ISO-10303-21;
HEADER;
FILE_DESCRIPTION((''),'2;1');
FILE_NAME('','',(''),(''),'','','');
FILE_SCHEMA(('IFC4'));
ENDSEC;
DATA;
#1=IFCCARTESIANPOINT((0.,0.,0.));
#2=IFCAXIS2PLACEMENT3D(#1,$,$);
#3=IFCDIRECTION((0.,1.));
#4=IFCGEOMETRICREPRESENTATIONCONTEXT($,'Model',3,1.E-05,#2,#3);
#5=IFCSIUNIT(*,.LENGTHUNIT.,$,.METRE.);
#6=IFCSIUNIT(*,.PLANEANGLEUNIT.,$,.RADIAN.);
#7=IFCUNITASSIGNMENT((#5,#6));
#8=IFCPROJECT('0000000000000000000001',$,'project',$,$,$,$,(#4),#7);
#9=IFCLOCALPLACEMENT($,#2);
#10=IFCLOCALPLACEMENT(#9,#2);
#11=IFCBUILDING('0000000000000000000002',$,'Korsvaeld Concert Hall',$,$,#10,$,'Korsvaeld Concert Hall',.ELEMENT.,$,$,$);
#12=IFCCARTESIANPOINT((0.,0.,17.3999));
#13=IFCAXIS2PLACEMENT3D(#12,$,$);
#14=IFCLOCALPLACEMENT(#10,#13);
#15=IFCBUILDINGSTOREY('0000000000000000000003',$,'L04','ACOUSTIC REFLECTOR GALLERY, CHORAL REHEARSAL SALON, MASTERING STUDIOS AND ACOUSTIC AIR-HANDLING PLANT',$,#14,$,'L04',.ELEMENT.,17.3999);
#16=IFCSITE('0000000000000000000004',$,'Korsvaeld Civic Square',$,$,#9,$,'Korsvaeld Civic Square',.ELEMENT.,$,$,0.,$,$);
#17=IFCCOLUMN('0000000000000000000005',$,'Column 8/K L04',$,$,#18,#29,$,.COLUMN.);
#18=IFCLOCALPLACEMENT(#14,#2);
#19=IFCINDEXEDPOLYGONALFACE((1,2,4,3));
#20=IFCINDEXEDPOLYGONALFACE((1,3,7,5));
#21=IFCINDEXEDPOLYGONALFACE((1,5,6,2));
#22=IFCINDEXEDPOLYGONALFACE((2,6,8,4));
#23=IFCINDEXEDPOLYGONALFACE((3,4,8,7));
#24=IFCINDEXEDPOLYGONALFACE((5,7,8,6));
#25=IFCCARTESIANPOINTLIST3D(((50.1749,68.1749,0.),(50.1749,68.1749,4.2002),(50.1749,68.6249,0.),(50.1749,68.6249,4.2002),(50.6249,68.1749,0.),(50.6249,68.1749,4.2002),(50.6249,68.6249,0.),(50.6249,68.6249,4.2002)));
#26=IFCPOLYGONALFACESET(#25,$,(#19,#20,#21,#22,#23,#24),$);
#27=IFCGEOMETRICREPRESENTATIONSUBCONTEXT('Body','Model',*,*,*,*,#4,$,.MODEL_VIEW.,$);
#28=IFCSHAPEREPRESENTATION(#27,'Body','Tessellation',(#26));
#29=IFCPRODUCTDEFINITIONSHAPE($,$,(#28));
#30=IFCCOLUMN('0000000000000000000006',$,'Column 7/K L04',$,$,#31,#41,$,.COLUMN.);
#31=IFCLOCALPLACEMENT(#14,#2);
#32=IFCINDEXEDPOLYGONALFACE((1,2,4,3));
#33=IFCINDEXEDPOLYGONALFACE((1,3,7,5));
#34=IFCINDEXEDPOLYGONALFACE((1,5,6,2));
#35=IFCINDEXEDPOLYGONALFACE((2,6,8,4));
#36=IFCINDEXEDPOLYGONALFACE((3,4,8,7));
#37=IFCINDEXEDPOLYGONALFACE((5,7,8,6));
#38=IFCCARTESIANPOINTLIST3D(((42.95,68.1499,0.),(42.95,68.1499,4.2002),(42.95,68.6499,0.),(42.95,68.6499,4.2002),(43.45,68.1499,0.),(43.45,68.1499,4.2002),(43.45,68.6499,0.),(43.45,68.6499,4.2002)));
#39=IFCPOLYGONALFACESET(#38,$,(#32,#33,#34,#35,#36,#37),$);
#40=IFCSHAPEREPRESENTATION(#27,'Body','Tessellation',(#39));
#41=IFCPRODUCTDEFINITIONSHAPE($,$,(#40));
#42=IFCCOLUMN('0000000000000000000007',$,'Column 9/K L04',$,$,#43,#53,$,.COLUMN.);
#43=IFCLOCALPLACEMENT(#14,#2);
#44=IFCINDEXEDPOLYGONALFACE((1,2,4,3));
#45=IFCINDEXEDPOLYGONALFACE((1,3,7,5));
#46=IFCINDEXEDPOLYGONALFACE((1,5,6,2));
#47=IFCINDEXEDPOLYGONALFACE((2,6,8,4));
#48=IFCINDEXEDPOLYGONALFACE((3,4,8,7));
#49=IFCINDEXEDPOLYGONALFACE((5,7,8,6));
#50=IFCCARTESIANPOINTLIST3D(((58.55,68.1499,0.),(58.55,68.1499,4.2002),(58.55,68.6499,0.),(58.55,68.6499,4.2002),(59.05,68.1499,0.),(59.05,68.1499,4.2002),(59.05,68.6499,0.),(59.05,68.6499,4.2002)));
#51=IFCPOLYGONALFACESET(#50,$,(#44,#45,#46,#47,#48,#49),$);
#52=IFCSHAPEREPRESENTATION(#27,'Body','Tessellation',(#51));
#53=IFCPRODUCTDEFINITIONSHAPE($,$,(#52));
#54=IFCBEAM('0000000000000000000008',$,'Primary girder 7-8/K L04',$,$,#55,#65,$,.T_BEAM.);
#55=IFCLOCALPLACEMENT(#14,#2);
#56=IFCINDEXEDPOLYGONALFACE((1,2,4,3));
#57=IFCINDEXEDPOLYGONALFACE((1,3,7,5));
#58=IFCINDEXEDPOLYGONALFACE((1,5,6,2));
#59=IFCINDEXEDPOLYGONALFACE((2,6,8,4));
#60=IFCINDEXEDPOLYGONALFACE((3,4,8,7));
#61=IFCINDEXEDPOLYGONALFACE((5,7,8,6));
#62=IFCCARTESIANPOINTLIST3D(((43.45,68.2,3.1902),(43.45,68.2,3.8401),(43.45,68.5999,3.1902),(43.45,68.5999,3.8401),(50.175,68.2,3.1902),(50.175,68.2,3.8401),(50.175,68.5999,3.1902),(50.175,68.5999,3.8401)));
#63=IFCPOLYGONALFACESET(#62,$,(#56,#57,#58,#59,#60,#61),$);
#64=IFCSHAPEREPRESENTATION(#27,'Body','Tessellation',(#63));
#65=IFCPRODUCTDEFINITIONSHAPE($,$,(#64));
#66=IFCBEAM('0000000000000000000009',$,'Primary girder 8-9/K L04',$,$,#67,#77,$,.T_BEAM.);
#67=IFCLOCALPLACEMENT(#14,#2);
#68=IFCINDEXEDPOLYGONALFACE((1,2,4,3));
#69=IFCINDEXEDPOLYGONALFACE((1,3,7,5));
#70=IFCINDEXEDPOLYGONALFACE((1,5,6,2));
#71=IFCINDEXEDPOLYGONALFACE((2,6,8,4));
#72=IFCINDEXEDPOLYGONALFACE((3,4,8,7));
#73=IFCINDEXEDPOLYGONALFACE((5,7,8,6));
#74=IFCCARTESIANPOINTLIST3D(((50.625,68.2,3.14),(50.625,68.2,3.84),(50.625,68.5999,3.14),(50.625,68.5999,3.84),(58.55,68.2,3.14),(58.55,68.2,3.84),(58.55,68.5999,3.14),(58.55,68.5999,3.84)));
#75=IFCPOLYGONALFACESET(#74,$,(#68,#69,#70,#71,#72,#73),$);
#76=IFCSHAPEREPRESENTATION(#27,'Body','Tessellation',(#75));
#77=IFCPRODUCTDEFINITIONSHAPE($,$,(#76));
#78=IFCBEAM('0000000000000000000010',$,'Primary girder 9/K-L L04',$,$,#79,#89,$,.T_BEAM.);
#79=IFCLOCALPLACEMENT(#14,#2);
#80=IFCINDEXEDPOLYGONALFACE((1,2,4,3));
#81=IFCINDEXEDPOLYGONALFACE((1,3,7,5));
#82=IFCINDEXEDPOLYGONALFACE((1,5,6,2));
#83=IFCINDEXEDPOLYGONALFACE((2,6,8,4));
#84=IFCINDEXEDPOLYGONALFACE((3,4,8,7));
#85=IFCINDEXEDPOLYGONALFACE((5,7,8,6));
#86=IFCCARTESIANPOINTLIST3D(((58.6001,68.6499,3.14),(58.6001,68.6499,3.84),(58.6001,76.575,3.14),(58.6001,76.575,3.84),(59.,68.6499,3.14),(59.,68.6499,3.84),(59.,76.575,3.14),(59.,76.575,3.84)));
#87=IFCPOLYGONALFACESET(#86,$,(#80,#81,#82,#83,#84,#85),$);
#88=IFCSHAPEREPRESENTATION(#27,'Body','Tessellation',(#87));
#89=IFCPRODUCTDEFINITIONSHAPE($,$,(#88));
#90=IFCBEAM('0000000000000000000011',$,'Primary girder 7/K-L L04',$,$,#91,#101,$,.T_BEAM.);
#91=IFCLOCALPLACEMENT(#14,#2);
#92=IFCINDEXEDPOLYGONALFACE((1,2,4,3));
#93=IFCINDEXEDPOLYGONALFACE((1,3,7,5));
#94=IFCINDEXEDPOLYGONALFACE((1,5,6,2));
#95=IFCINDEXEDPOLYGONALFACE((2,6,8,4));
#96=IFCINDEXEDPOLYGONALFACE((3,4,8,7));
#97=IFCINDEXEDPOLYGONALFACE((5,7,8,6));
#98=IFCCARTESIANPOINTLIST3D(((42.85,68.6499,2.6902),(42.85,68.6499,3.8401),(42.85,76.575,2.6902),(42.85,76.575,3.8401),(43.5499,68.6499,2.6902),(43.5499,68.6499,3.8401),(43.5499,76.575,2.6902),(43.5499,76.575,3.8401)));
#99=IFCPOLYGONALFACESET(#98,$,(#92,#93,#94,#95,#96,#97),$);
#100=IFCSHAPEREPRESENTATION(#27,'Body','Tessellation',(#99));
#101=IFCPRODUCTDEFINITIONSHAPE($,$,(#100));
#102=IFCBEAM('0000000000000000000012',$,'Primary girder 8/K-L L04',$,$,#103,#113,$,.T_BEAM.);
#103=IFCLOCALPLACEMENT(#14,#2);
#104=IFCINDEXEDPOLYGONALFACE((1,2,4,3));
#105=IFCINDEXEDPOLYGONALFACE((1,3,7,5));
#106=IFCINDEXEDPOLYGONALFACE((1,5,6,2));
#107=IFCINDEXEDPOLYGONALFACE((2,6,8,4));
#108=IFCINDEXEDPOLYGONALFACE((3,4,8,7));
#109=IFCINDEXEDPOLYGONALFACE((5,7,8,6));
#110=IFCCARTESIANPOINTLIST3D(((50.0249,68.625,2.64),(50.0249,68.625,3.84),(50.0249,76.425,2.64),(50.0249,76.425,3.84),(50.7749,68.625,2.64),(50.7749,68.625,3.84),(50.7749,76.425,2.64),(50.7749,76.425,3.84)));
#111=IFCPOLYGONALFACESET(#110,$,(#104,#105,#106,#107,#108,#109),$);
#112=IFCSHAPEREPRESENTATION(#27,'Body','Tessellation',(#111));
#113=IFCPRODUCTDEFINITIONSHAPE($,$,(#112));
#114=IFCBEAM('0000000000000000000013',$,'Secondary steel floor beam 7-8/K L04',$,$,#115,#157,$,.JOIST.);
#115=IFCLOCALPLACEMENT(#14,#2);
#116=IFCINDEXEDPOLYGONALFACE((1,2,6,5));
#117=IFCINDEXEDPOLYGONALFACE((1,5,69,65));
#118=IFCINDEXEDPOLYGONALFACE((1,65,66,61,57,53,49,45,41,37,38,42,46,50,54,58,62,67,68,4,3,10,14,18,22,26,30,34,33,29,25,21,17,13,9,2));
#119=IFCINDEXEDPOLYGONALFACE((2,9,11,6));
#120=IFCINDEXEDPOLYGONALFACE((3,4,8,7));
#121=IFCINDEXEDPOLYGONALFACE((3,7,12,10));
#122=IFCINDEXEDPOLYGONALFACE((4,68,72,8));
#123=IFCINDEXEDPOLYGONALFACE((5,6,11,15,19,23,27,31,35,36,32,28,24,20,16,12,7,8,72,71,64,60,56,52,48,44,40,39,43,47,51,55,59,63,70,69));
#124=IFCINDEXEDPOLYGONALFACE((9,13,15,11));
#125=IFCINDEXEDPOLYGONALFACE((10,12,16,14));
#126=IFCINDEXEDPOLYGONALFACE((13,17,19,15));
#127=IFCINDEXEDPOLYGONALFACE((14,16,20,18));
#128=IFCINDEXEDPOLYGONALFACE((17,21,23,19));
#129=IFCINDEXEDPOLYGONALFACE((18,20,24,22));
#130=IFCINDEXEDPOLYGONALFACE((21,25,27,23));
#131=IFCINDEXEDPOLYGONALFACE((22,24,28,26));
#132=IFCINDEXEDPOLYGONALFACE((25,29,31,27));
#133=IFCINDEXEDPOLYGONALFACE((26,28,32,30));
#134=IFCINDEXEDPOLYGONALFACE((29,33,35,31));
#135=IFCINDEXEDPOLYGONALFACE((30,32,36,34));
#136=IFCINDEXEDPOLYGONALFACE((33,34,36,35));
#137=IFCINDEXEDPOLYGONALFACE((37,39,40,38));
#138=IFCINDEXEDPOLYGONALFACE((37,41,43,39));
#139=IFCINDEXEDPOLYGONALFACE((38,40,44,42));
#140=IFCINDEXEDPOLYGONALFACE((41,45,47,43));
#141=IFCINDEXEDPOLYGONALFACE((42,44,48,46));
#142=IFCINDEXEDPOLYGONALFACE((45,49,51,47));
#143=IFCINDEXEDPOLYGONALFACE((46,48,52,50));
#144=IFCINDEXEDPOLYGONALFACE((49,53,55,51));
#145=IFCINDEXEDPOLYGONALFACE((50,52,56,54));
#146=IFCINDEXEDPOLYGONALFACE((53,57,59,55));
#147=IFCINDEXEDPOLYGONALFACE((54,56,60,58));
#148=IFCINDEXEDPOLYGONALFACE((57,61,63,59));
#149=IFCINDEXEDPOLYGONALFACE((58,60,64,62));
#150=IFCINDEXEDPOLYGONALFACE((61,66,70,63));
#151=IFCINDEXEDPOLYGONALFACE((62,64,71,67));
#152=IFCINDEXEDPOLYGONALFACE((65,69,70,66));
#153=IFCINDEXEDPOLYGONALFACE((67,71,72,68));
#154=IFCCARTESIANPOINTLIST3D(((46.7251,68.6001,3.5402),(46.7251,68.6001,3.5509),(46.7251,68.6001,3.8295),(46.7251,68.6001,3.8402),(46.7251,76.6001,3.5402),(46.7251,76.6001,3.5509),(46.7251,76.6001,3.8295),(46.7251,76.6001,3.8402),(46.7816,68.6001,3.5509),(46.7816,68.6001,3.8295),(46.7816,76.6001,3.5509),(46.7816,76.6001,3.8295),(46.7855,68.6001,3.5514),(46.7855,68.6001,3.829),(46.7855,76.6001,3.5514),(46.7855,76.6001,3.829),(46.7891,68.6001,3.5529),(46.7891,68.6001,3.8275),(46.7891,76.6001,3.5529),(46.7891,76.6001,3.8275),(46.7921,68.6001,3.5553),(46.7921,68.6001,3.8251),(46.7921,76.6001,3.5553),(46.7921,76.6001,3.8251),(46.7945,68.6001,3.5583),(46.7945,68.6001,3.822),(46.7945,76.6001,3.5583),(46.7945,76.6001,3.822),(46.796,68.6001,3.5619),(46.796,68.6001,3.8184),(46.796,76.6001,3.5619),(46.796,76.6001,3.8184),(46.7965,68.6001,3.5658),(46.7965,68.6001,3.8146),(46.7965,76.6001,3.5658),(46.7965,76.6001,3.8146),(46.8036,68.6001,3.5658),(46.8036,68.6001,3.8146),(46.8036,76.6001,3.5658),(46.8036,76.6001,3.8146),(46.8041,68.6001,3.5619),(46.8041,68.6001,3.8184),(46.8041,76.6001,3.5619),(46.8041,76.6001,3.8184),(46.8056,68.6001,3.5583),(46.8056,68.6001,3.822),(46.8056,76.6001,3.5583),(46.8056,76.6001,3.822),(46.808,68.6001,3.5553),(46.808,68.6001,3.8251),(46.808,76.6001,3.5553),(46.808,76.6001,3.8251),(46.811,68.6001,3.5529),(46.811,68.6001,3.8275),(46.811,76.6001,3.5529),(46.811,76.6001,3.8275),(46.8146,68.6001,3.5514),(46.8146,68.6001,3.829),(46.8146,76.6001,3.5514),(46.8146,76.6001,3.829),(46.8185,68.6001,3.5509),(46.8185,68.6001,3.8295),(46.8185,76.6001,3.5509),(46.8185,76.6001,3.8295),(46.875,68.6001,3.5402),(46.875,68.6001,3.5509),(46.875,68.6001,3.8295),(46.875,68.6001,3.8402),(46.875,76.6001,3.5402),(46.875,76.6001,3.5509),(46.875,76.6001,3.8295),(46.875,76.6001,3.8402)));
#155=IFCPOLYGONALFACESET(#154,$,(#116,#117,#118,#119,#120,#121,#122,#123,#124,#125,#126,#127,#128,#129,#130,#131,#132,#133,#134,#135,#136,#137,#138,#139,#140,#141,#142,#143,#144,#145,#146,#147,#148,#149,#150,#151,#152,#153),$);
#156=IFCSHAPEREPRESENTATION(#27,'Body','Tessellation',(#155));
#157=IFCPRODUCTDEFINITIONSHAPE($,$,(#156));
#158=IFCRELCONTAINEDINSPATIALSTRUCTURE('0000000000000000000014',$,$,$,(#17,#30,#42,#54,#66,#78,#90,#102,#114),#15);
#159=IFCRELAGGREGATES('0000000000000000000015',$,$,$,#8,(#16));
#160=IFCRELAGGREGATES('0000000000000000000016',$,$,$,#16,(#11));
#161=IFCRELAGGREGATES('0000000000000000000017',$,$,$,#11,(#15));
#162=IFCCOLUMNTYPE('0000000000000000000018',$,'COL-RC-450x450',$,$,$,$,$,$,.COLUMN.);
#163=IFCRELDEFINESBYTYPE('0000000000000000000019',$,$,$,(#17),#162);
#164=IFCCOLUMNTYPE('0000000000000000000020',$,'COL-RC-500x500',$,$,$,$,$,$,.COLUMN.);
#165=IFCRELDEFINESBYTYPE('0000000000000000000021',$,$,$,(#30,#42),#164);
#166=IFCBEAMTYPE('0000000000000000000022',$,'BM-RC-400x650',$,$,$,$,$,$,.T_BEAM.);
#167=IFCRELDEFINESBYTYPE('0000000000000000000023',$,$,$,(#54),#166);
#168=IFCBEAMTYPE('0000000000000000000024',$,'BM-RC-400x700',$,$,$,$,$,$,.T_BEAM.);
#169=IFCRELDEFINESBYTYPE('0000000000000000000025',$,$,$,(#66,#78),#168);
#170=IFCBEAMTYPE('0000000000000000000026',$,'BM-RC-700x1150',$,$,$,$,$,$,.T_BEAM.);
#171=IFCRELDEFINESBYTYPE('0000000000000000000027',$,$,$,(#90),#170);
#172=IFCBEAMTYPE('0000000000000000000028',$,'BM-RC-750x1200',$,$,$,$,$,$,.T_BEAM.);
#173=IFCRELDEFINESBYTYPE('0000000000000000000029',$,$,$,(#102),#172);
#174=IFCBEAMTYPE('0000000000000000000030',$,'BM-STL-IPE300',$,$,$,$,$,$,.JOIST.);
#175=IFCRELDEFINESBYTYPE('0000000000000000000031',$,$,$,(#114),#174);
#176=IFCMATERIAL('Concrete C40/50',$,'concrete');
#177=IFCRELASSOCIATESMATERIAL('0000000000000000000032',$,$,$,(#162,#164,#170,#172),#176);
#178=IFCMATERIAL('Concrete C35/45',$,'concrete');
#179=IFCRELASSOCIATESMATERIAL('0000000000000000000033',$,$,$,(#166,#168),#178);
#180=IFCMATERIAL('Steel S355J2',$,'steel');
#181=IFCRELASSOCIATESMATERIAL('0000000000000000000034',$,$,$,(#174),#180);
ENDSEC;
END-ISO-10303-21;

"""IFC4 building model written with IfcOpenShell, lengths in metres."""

from ifc_helpers import new_model, si_unit, direction, frame, origin, origin_2d, place, context, subcontext, project, spatial, rectangle, i_section, extrude, material, material_profile, profile_set, type_object, element, save


model = new_model("IFC4")

# Units and contexts
model_context = context("Model", 3, precision=1e-05, world=origin(), true_north=direction((0.0, 1.0)))
body_context = subcontext(model_context, "Body", "Model", "MODEL_VIEW")
ifc_project = project(units=[si_unit("LENGTHUNIT", "METRE"), si_unit("PLANEANGLEUNIT", "RADIAN")], contexts=[model_context])

# Site, building, storey
site_placement = place(None, origin())
site = spatial("IfcSite", under=ifc_project, at=site_placement, Name="Korsvaeld Civic Square", LongName="Korsvaeld Civic Square", CompositionType="ELEMENT", RefElevation=0.0)
building_placement = place(site_placement, origin())
building = spatial("IfcBuilding", under=site, at=building_placement, Name="Korsvaeld Concert Hall", LongName="Korsvaeld Concert Hall", CompositionType="ELEMENT")
storey_placement = place(building_placement, frame((0.0, 0.0, 17.3999)))
storey = spatial("IfcBuildingStorey", under=building, at=storey_placement, Name="L04", Description="ACOUSTIC REFLECTOR GALLERY, CHORAL REHEARSAL SALON, MASTERING STUDIOS AND ACOUSTIC AIR-HANDLING PLANT", LongName="L04", CompositionType="ELEMENT", Elevation=17.3999)

# Columns
ifc_material_1 = material(Name="Concrete C40/50", Category="concrete")
ifc_material_profile_1 = material_profile(ifc_material_1, rectangle(XDim=0.45, YDim=0.45, at=origin_2d()), Name="RC 450x450")
ifc_profile_set_1 = profile_set([ifc_material_profile_1], Name="Concrete C40/50")
column_type_1 = type_object("IfcColumnType", Name="COL-RC-450x450", PredefinedType="COLUMN", material=ifc_profile_set_1)
column_placement = place(storey_placement, frame((50.3999, 68.3999, 0.0), z_axis=(0.0, 0.0, 1.0), x_axis=(1.0, 0.0, 0.0)))
element("IfcColumn", 1, at=column_placement, inside=storey, type_object=column_type_1, Name="Column 8/K L04", PredefinedType="COLUMN", context=body_context, shape_type="SweptSolid", body=[
    extrude(rectangle(XDim=0.45, YDim=0.45, at=origin_2d()), origin(), (0.0, 0.0, 1.0), 4.2002),
])
ifc_material_profile_2 = material_profile(ifc_material_1, rectangle(XDim=0.5, YDim=0.5, at=origin_2d()), Name="RC 500x500")
ifc_profile_set_2 = profile_set([ifc_material_profile_2], Name="Concrete C40/50")
column_type_2 = type_object("IfcColumnType", Name="COL-RC-500x500", PredefinedType="COLUMN", material=ifc_profile_set_2)
for number, where, z_axis, x_axis, name in (
    (2, (43.2, 68.3999, 0.0), (0.0, 0.0, 1.0), (1.0, 0.0, 0.0), "Column 7/K L04"),
    (3, (58.8, 68.3999, 0.0), (0.0, 0.0, 1.0), (1.0, 0.0, 0.0), "Column 9/K L04"),
):
    element("IfcColumn", number, at=place(storey_placement, frame(where, z_axis=z_axis, x_axis=x_axis)), inside=storey, type_object=column_type_2, Name=name, PredefinedType="COLUMN", context=body_context, shape_type="SweptSolid", body=[
        extrude(rectangle(XDim=0.5, YDim=0.5, at=origin_2d()), origin(), (0.0, 0.0, 1.0), 4.2002),
    ])

# Beams
ifc_material_2 = material(Name="Concrete C35/45", Category="concrete")
ifc_material_profile_3 = material_profile(ifc_material_2, rectangle(XDim=0.3999, YDim=0.6499, at=origin_2d()), Name="RC 400x650")
ifc_profile_set_3 = profile_set([ifc_material_profile_3], Name="Concrete C35/45")
beam_type_1 = type_object("IfcBeamType", Name="BM-RC-400x650", PredefinedType="T_BEAM", material=ifc_profile_set_3)
beam_1_placement = place(storey_placement, frame((43.45, 68.3999, 3.5151), z_axis=(1.0, 0.0, 0.0), x_axis=(0.0, 1.0, 0.0)))
element("IfcBeam", 4, at=beam_1_placement, inside=storey, type_object=beam_type_1, Name="Primary girder 7-8/K L04", PredefinedType="T_BEAM", context=body_context, shape_type="SweptSolid", body=[
    extrude(rectangle(XDim=0.3999, YDim=0.6499, at=origin_2d()), origin(), (0.0, 0.0, 1.0), 6.7251),
])
ifc_material_profile_4 = material_profile(ifc_material_2, rectangle(XDim=0.3999, YDim=0.7, at=origin_2d()), Name="RC 400x700")
ifc_profile_set_4 = profile_set([ifc_material_profile_4], Name="Concrete C35/45")
beam_type_2 = type_object("IfcBeamType", Name="BM-RC-400x700", PredefinedType="T_BEAM", material=ifc_profile_set_4)
for number, where, z_axis, x_axis, name in (
    (5, (50.625, 68.3999, 3.49), (1.0, 0.0, 0.0), (0.0, 1.0, 0.0), "Primary girder 8-9/K L04"),
    (6, (58.8, 68.6499, 3.49), (0.0, 1.0, 0.0), (-1.0, 0.0, 0.0), "Primary girder 9/K-L L04"),
):
    element("IfcBeam", number, at=place(storey_placement, frame(where, z_axis=z_axis, x_axis=x_axis)), inside=storey, type_object=beam_type_2, Name=name, PredefinedType="T_BEAM", context=body_context, shape_type="SweptSolid", body=[
        extrude(rectangle(XDim=0.3999, YDim=0.7, at=origin_2d()), origin(), (0.0, 0.0, 1.0), 7.925),
    ])
ifc_material_profile_5 = material_profile(ifc_material_1, rectangle(XDim=0.7, YDim=1.1499, at=origin_2d()), Name="RC 700x1150")
ifc_profile_set_5 = profile_set([ifc_material_profile_5], Name="Concrete C40/50")
beam_type_3 = type_object("IfcBeamType", Name="BM-RC-700x1150", PredefinedType="T_BEAM", material=ifc_profile_set_5)
beam_2_placement = place(storey_placement, frame((43.2, 68.6499, 3.2651), z_axis=(0.0, 1.0, 0.0), x_axis=(-1.0, 0.0, 0.0)))
element("IfcBeam", 7, at=beam_2_placement, inside=storey, type_object=beam_type_3, Name="Primary girder 7/K-L L04", PredefinedType="T_BEAM", context=body_context, shape_type="SweptSolid", body=[
    extrude(rectangle(XDim=0.7, YDim=1.1499, at=origin_2d()), origin(), (0.0, 0.0, 1.0), 7.925),
])
ifc_material_profile_6 = material_profile(ifc_material_1, rectangle(XDim=0.75, YDim=1.2, at=origin_2d()), Name="RC 750x1200")
ifc_profile_set_6 = profile_set([ifc_material_profile_6], Name="Concrete C40/50")
beam_type_4 = type_object("IfcBeamType", Name="BM-RC-750x1200", PredefinedType="T_BEAM", material=ifc_profile_set_6)
beam_3_placement = place(storey_placement, frame((50.3999, 68.625, 3.24), z_axis=(0.0, 1.0, 0.0), x_axis=(-1.0, 0.0, 0.0)))
element("IfcBeam", 8, at=beam_3_placement, inside=storey, type_object=beam_type_4, Name="Primary girder 8/K-L L04", PredefinedType="T_BEAM", context=body_context, shape_type="SweptSolid", body=[
    extrude(rectangle(XDim=0.75, YDim=1.2, at=origin_2d()), origin(), (0.0, 0.0, 1.0), 7.8),
])
ifc_material_3 = material(Name="Steel S355J2", Category="steel")
ifc_material_profile_7 = material_profile(ifc_material_3, i_section(OverallWidth=0.1499, OverallDepth=0.3, WebThickness=0.0071, FlangeThickness=0.0107, FilletRadius=0.0149, at=origin_2d()), Name="IPE 300")
ifc_profile_set_7 = profile_set([ifc_material_profile_7], Name="Steel S355J2")
beam_type_5 = type_object("IfcBeamType", Name="BM-STL-IPE300", PredefinedType="JOIST", material=ifc_profile_set_7)
beam_4_placement = place(storey_placement, frame((46.8, 68.6001, 3.6902), z_axis=(0.0, 1.0, 0.0), x_axis=(-1.0, 0.0, 0.0)))
element("IfcBeam", 9, at=beam_4_placement, inside=storey, type_object=beam_type_5, Name="Secondary steel floor beam 7-8/K L04", PredefinedType="JOIST", context=body_context, shape_type="SweptSolid", body=[
    extrude(i_section(OverallWidth=0.1499, OverallDepth=0.3, WebThickness=0.0071, FlangeThickness=0.0107, FilletRadius=0.0149, at=origin_2d()), origin(), (0.0, 0.0, 1.0), 8.0),
])

save(model, "model.ifc")
